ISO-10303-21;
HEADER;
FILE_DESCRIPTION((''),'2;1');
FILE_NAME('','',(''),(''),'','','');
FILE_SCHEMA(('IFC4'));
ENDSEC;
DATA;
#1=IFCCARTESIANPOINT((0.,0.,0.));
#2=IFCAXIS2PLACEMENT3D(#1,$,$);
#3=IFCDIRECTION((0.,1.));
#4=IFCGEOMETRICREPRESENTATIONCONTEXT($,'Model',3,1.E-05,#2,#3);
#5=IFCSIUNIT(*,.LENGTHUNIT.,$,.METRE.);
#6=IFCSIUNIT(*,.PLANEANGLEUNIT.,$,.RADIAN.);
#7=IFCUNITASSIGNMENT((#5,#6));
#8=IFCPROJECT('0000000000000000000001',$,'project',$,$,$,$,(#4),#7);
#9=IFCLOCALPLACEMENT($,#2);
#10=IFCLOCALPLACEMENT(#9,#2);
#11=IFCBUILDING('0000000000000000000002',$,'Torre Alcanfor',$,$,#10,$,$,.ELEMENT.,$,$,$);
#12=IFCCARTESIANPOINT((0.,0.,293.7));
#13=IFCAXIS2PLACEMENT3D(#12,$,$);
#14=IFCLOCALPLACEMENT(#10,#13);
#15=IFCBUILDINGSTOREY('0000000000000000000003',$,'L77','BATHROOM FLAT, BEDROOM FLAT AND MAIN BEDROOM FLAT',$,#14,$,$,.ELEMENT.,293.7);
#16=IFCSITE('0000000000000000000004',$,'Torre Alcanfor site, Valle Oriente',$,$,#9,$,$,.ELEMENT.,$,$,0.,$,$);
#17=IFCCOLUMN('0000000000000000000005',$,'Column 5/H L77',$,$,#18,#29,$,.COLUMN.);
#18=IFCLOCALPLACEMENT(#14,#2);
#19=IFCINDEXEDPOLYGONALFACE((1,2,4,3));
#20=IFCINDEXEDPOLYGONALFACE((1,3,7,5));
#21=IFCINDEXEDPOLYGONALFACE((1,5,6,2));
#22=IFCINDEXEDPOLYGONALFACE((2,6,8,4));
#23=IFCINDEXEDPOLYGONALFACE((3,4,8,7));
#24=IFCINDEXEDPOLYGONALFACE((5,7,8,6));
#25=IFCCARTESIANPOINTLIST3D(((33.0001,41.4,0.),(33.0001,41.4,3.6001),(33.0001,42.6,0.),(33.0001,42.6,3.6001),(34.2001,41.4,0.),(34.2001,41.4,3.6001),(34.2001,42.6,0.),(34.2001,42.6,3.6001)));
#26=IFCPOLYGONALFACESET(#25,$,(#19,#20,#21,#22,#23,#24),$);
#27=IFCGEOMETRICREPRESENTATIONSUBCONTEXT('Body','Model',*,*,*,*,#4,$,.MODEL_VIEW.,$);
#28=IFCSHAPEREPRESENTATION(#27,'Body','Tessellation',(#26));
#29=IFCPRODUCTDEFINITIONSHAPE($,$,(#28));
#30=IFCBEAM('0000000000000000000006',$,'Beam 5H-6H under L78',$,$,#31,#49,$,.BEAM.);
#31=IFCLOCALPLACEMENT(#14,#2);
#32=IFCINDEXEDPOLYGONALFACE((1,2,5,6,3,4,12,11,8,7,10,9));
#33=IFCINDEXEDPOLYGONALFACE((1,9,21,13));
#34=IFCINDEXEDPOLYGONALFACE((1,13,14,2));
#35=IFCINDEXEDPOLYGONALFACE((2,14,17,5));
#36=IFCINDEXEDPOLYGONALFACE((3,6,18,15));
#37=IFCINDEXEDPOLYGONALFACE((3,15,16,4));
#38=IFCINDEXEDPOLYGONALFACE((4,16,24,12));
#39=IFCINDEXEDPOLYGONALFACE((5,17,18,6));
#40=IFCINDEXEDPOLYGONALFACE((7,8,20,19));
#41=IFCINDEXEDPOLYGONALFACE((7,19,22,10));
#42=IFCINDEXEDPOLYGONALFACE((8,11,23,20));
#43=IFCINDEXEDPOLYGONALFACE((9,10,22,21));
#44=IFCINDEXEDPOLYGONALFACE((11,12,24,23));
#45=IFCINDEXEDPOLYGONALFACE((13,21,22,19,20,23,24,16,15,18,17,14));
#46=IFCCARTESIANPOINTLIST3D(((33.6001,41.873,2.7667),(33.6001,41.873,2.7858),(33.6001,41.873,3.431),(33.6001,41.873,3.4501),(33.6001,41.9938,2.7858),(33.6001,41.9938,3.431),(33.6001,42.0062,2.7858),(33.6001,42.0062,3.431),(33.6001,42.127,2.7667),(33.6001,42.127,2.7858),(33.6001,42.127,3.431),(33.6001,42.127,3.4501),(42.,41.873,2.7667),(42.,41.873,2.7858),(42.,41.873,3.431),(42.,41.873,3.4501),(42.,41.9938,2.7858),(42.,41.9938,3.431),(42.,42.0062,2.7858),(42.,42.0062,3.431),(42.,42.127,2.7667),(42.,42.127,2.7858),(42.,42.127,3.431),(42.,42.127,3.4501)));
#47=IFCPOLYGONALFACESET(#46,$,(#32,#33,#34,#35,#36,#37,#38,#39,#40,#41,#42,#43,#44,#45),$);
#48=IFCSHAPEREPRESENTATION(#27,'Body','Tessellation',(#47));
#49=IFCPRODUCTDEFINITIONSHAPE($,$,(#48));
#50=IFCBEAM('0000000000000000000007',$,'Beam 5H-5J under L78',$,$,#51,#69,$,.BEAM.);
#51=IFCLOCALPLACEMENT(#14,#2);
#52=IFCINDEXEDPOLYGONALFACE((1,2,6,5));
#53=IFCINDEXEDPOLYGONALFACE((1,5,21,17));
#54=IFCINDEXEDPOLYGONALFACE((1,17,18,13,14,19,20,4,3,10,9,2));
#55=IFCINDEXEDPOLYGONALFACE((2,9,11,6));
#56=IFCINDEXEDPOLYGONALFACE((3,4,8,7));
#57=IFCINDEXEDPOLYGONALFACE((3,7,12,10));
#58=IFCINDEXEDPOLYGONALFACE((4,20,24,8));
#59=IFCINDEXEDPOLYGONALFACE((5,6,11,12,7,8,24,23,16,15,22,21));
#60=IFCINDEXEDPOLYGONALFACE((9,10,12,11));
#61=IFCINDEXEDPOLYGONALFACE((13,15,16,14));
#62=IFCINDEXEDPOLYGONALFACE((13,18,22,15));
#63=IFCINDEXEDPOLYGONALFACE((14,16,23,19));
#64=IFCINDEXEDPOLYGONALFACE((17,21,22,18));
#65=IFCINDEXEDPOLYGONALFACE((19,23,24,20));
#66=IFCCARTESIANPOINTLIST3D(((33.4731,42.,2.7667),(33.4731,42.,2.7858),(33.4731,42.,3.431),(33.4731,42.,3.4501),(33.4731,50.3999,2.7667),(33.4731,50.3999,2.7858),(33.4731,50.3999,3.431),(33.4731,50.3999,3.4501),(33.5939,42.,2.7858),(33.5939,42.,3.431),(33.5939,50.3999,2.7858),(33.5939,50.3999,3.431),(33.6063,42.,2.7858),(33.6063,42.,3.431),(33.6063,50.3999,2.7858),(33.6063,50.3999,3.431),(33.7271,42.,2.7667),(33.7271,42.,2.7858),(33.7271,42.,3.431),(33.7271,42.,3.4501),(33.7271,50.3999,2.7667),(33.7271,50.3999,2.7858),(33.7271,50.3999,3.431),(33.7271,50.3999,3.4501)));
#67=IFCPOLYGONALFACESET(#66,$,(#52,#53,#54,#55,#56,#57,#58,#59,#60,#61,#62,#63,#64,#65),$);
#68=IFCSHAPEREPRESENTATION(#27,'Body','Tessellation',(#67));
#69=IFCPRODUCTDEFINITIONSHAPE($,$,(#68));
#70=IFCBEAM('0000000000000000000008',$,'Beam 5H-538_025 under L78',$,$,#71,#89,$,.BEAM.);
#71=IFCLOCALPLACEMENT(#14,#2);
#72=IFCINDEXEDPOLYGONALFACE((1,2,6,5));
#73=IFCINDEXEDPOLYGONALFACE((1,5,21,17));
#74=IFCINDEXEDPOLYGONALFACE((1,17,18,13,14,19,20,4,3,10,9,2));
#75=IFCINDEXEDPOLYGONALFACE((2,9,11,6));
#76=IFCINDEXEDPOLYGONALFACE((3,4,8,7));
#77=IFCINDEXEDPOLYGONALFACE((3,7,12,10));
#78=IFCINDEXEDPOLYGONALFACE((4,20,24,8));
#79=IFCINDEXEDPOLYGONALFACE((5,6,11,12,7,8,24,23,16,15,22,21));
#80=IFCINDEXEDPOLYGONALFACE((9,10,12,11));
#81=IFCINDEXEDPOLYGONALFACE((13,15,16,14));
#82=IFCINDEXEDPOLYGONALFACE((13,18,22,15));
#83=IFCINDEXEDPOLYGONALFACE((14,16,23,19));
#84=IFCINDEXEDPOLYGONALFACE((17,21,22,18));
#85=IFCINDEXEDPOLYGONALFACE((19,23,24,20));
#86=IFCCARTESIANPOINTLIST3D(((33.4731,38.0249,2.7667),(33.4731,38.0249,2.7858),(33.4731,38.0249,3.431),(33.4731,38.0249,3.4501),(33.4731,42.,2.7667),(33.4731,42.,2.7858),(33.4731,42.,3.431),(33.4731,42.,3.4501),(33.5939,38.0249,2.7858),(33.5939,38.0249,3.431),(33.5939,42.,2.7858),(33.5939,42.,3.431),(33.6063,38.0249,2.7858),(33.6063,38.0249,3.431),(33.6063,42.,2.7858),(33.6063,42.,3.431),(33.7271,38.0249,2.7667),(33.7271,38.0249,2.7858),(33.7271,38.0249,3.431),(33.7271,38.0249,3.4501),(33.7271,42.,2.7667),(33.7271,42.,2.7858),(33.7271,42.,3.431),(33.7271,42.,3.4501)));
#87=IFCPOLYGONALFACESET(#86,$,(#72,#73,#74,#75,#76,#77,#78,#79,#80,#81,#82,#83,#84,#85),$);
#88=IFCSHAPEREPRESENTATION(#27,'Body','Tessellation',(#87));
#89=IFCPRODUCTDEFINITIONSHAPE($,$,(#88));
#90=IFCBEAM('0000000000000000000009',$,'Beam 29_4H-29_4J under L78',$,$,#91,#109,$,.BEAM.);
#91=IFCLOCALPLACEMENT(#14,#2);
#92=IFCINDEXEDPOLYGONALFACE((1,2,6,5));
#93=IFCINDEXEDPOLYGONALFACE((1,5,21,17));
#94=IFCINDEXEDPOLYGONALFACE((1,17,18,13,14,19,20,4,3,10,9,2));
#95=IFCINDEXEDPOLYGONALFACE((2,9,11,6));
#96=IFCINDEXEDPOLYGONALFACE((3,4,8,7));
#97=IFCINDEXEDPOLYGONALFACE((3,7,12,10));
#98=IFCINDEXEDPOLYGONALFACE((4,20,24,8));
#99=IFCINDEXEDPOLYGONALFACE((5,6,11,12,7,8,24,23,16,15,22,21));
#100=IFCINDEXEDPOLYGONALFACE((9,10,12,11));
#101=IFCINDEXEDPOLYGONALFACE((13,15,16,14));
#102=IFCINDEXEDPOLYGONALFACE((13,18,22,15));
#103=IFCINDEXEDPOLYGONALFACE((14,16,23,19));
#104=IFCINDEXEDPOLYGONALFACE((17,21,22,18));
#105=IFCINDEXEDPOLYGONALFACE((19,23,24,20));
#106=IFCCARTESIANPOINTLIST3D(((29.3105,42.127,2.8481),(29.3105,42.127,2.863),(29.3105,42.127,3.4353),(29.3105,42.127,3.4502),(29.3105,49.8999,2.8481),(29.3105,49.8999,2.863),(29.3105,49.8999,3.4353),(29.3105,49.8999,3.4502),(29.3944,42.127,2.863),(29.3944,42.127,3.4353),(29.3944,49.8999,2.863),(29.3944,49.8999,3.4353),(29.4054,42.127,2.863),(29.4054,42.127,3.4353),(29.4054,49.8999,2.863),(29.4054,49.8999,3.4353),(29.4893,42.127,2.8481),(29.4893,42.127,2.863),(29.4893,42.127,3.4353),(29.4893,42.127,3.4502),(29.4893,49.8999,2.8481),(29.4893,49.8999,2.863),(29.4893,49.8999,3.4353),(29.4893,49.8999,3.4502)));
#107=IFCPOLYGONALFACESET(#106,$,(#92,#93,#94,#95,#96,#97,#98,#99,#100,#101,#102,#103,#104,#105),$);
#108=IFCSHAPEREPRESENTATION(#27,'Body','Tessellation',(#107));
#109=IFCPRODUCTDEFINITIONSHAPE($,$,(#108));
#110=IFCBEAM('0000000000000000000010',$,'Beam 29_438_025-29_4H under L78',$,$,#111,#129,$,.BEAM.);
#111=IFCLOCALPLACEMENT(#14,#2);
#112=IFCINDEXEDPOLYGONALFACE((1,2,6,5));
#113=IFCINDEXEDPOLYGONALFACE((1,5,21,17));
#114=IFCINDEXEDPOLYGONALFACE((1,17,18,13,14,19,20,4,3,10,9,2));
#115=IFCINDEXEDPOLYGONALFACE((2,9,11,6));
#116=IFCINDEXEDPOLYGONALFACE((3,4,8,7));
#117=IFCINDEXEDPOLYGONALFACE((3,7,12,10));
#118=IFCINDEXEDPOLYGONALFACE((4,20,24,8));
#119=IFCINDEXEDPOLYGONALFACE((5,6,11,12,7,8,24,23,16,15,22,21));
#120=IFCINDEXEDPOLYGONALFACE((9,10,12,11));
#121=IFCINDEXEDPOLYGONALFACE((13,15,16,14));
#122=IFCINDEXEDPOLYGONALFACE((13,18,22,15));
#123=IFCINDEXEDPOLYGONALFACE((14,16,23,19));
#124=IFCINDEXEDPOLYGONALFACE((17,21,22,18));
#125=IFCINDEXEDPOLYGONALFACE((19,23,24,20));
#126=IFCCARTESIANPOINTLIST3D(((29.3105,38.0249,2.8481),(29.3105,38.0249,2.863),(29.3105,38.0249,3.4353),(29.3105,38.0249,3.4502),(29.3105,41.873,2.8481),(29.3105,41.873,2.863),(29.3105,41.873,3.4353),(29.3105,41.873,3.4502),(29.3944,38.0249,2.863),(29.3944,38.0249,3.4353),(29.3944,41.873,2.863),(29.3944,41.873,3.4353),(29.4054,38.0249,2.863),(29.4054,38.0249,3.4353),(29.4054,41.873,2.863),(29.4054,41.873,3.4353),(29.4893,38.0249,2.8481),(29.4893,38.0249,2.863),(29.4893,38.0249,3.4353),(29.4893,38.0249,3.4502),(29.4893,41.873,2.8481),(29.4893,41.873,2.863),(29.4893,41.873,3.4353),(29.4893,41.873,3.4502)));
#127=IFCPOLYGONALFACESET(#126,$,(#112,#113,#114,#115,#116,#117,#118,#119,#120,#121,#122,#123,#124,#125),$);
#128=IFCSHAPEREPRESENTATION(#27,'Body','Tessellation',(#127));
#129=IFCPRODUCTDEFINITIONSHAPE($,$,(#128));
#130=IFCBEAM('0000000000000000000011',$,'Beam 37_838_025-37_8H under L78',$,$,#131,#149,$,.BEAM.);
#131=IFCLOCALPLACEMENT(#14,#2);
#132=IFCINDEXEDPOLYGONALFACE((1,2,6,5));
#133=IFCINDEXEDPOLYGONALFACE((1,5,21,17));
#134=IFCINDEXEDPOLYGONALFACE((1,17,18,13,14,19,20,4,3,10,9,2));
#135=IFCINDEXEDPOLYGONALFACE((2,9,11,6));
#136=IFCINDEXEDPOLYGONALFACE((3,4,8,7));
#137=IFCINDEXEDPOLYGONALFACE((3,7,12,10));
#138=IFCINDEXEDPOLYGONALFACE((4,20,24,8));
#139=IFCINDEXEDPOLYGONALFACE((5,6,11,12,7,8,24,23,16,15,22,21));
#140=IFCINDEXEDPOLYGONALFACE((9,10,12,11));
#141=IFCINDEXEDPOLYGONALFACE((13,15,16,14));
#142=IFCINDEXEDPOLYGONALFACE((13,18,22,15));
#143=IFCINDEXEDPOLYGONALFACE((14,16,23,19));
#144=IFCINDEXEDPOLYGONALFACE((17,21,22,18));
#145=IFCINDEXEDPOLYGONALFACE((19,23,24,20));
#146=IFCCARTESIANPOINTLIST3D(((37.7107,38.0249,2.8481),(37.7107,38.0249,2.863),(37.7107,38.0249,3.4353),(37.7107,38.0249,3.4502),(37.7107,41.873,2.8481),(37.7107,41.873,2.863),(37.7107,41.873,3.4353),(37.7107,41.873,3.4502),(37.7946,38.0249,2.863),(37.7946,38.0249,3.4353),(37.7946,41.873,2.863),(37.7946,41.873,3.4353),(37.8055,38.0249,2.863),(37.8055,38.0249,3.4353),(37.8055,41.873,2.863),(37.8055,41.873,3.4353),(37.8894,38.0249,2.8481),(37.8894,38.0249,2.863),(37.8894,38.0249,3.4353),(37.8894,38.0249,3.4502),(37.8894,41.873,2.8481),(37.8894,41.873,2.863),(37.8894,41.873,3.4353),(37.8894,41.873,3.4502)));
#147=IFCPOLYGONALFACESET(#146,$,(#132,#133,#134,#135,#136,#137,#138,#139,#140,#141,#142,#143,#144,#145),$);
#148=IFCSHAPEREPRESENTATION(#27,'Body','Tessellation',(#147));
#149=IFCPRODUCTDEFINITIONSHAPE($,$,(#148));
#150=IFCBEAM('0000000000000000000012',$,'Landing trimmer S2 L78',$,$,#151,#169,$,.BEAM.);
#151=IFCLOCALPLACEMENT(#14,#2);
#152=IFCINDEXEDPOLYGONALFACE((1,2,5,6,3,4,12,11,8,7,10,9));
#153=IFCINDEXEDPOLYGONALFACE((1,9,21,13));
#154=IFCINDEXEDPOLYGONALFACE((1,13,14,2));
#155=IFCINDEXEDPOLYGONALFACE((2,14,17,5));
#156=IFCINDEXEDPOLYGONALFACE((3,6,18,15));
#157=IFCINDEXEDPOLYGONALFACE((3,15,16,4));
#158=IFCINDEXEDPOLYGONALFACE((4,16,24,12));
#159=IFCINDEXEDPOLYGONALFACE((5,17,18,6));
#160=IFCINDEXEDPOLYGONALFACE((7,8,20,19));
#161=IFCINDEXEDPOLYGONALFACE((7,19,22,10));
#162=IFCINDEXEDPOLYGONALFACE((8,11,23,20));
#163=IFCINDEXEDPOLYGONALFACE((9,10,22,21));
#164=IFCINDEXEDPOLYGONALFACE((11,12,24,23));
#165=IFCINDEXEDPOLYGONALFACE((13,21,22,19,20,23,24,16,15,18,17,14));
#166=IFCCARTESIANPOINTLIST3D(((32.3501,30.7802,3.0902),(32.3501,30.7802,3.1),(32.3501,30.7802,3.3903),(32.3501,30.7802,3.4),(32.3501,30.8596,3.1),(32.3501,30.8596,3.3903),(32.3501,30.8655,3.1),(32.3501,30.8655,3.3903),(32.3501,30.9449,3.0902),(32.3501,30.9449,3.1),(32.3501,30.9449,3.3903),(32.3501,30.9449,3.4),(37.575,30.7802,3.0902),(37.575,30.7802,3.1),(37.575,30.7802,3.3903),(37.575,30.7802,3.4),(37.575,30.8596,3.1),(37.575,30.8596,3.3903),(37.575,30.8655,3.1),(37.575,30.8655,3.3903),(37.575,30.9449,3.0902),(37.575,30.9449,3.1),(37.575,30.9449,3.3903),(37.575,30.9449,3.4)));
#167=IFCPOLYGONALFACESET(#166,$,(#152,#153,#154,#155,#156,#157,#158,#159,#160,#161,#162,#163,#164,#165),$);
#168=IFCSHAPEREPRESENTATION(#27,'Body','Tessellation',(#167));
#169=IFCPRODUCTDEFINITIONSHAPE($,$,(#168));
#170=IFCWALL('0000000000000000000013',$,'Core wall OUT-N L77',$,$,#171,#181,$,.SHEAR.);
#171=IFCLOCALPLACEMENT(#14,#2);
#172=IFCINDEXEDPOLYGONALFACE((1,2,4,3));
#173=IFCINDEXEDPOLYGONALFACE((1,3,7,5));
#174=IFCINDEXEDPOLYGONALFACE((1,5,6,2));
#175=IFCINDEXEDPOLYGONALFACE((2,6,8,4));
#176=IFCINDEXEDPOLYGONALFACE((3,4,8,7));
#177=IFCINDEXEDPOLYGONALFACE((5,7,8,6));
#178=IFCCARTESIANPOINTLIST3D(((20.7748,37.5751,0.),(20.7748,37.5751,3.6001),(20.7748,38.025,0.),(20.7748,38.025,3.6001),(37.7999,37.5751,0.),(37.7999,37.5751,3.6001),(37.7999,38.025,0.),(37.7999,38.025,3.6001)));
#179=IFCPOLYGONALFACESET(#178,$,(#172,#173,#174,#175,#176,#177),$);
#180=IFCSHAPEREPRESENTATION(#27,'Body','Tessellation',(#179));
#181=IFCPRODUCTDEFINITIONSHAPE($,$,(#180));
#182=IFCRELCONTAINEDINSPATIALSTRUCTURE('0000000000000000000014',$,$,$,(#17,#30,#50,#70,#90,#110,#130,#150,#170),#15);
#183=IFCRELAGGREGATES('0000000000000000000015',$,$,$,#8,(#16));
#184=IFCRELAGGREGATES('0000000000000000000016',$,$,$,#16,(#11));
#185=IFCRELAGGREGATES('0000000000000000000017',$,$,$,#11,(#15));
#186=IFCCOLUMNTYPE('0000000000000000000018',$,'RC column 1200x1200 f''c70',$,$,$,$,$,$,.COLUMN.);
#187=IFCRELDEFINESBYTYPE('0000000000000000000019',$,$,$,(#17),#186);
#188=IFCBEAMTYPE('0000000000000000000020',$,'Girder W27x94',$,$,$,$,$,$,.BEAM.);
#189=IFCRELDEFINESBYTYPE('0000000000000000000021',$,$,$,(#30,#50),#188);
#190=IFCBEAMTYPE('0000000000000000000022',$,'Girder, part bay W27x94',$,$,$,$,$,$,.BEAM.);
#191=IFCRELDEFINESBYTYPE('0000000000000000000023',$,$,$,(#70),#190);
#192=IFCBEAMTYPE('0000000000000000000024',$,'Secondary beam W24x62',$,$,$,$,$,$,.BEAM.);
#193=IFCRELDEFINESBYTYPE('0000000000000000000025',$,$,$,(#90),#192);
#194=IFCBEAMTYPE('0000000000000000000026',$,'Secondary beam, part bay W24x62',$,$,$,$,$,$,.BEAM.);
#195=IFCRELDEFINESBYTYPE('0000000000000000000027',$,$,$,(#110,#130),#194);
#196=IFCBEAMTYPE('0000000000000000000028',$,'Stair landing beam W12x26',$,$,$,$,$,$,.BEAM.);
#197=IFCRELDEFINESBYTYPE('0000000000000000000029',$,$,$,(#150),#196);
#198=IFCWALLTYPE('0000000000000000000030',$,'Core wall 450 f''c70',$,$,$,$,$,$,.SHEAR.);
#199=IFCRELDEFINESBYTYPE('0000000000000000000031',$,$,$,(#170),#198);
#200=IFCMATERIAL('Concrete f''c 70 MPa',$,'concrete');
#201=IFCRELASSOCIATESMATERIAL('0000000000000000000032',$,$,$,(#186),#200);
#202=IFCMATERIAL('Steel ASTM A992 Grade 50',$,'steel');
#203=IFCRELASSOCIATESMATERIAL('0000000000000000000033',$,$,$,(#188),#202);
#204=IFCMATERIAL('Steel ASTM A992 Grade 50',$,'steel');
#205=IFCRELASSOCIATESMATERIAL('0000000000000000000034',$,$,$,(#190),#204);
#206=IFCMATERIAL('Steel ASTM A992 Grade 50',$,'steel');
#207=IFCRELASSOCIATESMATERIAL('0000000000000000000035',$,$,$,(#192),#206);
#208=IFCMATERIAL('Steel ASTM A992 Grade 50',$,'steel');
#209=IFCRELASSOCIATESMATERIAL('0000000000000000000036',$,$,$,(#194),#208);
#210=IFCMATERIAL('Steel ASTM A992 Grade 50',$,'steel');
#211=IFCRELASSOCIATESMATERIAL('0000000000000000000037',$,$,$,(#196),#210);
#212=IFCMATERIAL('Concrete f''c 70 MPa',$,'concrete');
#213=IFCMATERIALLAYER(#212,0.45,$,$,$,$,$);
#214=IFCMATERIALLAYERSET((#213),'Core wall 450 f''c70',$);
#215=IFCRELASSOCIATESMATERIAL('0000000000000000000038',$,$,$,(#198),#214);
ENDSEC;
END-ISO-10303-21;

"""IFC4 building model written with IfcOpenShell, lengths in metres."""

from ifc_helpers import new_model, si_unit, direction, frame, frame_2d, origin, origin_2d, place, context, subcontext, project, spatial, rectangle, i_section, extrude, material, layer, layer_set, material_profile, profile_set, type_object, element, save


model = new_model("IFC4")

# Units and contexts
model_context = context("Model", 3, precision=1e-05, world=origin(), true_north=direction((0.0, 1.0)))
body_context = subcontext(model_context, "Body", "Model", "MODEL_VIEW")
ifc_project = project(units=[si_unit("LENGTHUNIT", "METRE"), si_unit("PLANEANGLEUNIT", "RADIAN")], contexts=[model_context])

# Site, building, storey
site_placement = place(None, origin())
site = spatial("IfcSite", under=ifc_project, at=site_placement, Name="Torre Alcanfor site, Valle Oriente", CompositionType="ELEMENT", RefElevation=0.0)
building_placement = place(site_placement, origin())
building = spatial("IfcBuilding", under=site, at=building_placement, Name="Torre Alcanfor", CompositionType="ELEMENT")
storey_placement = place(building_placement, frame((0.0, 0.0, 293.7)))
storey = spatial("IfcBuildingStorey", under=building, at=storey_placement, Name="L77", Description="BATHROOM FLAT, BEDROOM FLAT AND MAIN BEDROOM FLAT", CompositionType="ELEMENT", Elevation=293.7)

# Column
ifc_material_1 = material(Name="Concrete f'c 70 MPa", Category="concrete")
ifc_material_profile_1 = material_profile(ifc_material_1, rectangle(XDim=1.2, YDim=1.2, at=origin_2d()), Name="1200x1200")
ifc_profile_set_1 = profile_set([ifc_material_profile_1], Name="Concrete f'c 70 MPa")
column_type = type_object("IfcColumnType", Name="RC column 1200x1200 f'c70", PredefinedType="COLUMN", material=ifc_profile_set_1)
column_placement = place(storey_placement, frame((33.6001, 42.0, 0.0), z_axis=(0.0, 0.0, 1.0), x_axis=(1.0, 0.0, 0.0)))
element("IfcColumn", 1, at=column_placement, inside=storey, type_object=column_type, Name="Column 5/H L77", PredefinedType="COLUMN", context=body_context, shape_type="SweptSolid", body=[
    extrude(rectangle(XDim=1.2, YDim=1.2, at=origin_2d()), origin(), (0.0, 0.0, 1.0), 3.6001),
])

# Beams
ifc_material_2 = material(Name="Steel ASTM A992 Grade 50", Category="steel")
ifc_material_profile_2 = material_profile(ifc_material_2, i_section(OverallWidth=0.2539, OverallDepth=0.6833, WebThickness=0.0125, FlangeThickness=0.019, at=origin_2d()), Name="W27x94")
ifc_profile_set_2 = profile_set([ifc_material_profile_2], Name="Steel ASTM A992 Grade 50")
beam_type_1 = type_object("IfcBeamType", Name="Girder W27x94", PredefinedType="BEAM", material=ifc_profile_set_2)
for number, where, z_axis, x_axis, name in (
    (2, (33.6001, 42.0, 3.1084), (1.0, 0.0, 0.0), (0.0, 1.0, 0.0), "Beam 5H-6H under L78"),
    (3, (33.6001, 42.0, 3.1084), (0.0, 1.0, 0.0), (-1.0, 0.0, 0.0), "Beam 5H-5J under L78"),
):
    element("IfcBeam", number, at=place(storey_placement, frame(where, z_axis=z_axis, x_axis=x_axis)), inside=storey, type_object=beam_type_1, Name=name, PredefinedType="BEAM", context=body_context, shape_type="SweptSolid", body=[
        extrude(i_section(OverallWidth=0.2539, OverallDepth=0.6833, WebThickness=0.0125, FlangeThickness=0.019, at=origin_2d()), origin(), (0.0, 0.0, 1.0), 8.3999),
    ])
ifc_material_3 = material(Name="Steel ASTM A992 Grade 50", Category="steel")
ifc_material_profile_3 = material_profile(ifc_material_3, i_section(OverallWidth=0.2539, OverallDepth=0.6833, WebThickness=0.0125, FlangeThickness=0.019, at=origin_2d()), Name="W27x94")
ifc_profile_set_3 = profile_set([ifc_material_profile_3], Name="Steel ASTM A992 Grade 50")
beam_type_2 = type_object("IfcBeamType", Name="Girder, part bay W27x94", PredefinedType="BEAM", material=ifc_profile_set_3)
beam_1_placement = place(storey_placement, frame((33.6001, 42.0, 3.1084), z_axis=(0.0, -1.0, 0.0), x_axis=(1.0, 0.0, 0.0)))
element("IfcBeam", 4, at=beam_1_placement, inside=storey, type_object=beam_type_2, Name="Beam 5H-538_025 under L78", PredefinedType="BEAM", context=body_context, shape_type="SweptSolid", body=[
    extrude(i_section(OverallWidth=0.2539, OverallDepth=0.6833, WebThickness=0.0125, FlangeThickness=0.019, at=origin_2d()), origin(), (0.0, 0.0, 1.0), 3.9751),
])
ifc_material_4 = material(Name="Steel ASTM A992 Grade 50", Category="steel")
ifc_material_profile_4 = material_profile(ifc_material_4, i_section(OverallWidth=0.1787, OverallDepth=0.6021, WebThickness=0.011, FlangeThickness=0.0149, at=origin_2d()), Name="W24x62")
ifc_profile_set_4 = profile_set([ifc_material_profile_4], Name="Steel ASTM A992 Grade 50")
beam_type_3 = type_object("IfcBeamType", Name="Secondary beam W24x62", PredefinedType="BEAM", material=ifc_profile_set_4)
beam_2_placement = place(storey_placement, frame((29.3999, 42.127, 3.1492), z_axis=(0.0, 1.0, 0.0), x_axis=(-1.0, 0.0, 0.0)))
element("IfcBeam", 5, at=beam_2_placement, inside=storey, type_object=beam_type_3, Name="Beam 29_4H-29_4J under L78", PredefinedType="BEAM", context=body_context, shape_type="SweptSolid", body=[
    extrude(i_section(OverallWidth=0.1787, OverallDepth=0.6021, WebThickness=0.011, FlangeThickness=0.0149, at=origin_2d()), origin(), (0.0, 0.0, 1.0), 7.7729),
])
ifc_material_5 = material(Name="Steel ASTM A992 Grade 50", Category="steel")
ifc_material_profile_5 = material_profile(ifc_material_5, i_section(OverallWidth=0.1787, OverallDepth=0.6021, WebThickness=0.011, FlangeThickness=0.0149, at=origin_2d()), Name="W24x62")
ifc_profile_set_5 = profile_set([ifc_material_profile_5], Name="Steel ASTM A992 Grade 50")
beam_type_4 = type_object("IfcBeamType", Name="Secondary beam, part bay W24x62", PredefinedType="BEAM", material=ifc_profile_set_5)
for number, where, z_axis, x_axis, name in (
    (6, (29.3999, 38.0249, 3.1492), (0.0, 1.0, 0.0), (-1.0, 0.0, 0.0), "Beam 29_438_025-29_4H under L78"),
    (7, (37.8, 38.0249, 3.1492), (0.0, 1.0, 0.0), (-1.0, 0.0, 0.0), "Beam 37_838_025-37_8H under L78"),
):
    element("IfcBeam", number, at=place(storey_placement, frame(where, z_axis=z_axis, x_axis=x_axis)), inside=storey, type_object=beam_type_4, Name=name, PredefinedType="BEAM", context=body_context, shape_type="SweptSolid", body=[
        extrude(i_section(OverallWidth=0.1787, OverallDepth=0.6021, WebThickness=0.011, FlangeThickness=0.0149, at=origin_2d()), origin(), (0.0, 0.0, 1.0), 3.8481),
    ])
ifc_material_6 = material(Name="Steel ASTM A992 Grade 50", Category="steel")
ifc_material_profile_6 = material_profile(ifc_material_6, i_section(OverallWidth=0.1648, OverallDepth=0.3098, WebThickness=0.0059, FlangeThickness=0.0098, at=origin_2d()), Name="W12x26")
ifc_profile_set_6 = profile_set([ifc_material_profile_6], Name="Steel ASTM A992 Grade 50")
beam_type_5 = type_object("IfcBeamType", Name="Stair landing beam W12x26", PredefinedType="BEAM", material=ifc_profile_set_6)
beam_3_placement = place(storey_placement, frame((32.3501, 30.8625, 3.2451), z_axis=(1.0, 0.0, 0.0), x_axis=(0.0, 1.0, 0.0)))
element("IfcBeam", 8, at=beam_3_placement, inside=storey, type_object=beam_type_5, Name="Landing trimmer S2 L78", PredefinedType="BEAM", context=body_context, shape_type="SweptSolid", body=[
    extrude(i_section(OverallWidth=0.1648, OverallDepth=0.3098, WebThickness=0.0059, FlangeThickness=0.0098, at=origin_2d()), origin(), (0.0, 0.0, 1.0), 5.2249),
])

# Wall
ifc_material_7 = material(Name="Concrete f'c 70 MPa", Category="concrete")
ifc_layer_1 = layer(ifc_material_7, 0.45)
ifc_layer_set_1 = layer_set([ifc_layer_1], Name="Core wall 450 f'c70")
wall_type_1 = type_object("IfcWallType", Name="Core wall 450 f'c70", PredefinedType="SHEAR", material=ifc_layer_set_1)
wall_1_placement = place(storey_placement, frame((37.8, 37.8, 0.0), z_axis=(0.0, 0.0, 1.0), x_axis=(-1.0, 0.0, 0.0)))
element("IfcWall", 9, at=wall_1_placement, inside=storey, type_object=wall_type_1, Name="Core wall OUT-N L77", PredefinedType="SHEAR", context=body_context, shape_type="SweptSolid", body=[
    extrude(rectangle(XDim=17.0251, YDim=0.45, at=frame_2d((8.5127, 0.0))), origin(), (0.0, 0.0, 1.0), 3.6001),
])

save(model, "model.ifc")
